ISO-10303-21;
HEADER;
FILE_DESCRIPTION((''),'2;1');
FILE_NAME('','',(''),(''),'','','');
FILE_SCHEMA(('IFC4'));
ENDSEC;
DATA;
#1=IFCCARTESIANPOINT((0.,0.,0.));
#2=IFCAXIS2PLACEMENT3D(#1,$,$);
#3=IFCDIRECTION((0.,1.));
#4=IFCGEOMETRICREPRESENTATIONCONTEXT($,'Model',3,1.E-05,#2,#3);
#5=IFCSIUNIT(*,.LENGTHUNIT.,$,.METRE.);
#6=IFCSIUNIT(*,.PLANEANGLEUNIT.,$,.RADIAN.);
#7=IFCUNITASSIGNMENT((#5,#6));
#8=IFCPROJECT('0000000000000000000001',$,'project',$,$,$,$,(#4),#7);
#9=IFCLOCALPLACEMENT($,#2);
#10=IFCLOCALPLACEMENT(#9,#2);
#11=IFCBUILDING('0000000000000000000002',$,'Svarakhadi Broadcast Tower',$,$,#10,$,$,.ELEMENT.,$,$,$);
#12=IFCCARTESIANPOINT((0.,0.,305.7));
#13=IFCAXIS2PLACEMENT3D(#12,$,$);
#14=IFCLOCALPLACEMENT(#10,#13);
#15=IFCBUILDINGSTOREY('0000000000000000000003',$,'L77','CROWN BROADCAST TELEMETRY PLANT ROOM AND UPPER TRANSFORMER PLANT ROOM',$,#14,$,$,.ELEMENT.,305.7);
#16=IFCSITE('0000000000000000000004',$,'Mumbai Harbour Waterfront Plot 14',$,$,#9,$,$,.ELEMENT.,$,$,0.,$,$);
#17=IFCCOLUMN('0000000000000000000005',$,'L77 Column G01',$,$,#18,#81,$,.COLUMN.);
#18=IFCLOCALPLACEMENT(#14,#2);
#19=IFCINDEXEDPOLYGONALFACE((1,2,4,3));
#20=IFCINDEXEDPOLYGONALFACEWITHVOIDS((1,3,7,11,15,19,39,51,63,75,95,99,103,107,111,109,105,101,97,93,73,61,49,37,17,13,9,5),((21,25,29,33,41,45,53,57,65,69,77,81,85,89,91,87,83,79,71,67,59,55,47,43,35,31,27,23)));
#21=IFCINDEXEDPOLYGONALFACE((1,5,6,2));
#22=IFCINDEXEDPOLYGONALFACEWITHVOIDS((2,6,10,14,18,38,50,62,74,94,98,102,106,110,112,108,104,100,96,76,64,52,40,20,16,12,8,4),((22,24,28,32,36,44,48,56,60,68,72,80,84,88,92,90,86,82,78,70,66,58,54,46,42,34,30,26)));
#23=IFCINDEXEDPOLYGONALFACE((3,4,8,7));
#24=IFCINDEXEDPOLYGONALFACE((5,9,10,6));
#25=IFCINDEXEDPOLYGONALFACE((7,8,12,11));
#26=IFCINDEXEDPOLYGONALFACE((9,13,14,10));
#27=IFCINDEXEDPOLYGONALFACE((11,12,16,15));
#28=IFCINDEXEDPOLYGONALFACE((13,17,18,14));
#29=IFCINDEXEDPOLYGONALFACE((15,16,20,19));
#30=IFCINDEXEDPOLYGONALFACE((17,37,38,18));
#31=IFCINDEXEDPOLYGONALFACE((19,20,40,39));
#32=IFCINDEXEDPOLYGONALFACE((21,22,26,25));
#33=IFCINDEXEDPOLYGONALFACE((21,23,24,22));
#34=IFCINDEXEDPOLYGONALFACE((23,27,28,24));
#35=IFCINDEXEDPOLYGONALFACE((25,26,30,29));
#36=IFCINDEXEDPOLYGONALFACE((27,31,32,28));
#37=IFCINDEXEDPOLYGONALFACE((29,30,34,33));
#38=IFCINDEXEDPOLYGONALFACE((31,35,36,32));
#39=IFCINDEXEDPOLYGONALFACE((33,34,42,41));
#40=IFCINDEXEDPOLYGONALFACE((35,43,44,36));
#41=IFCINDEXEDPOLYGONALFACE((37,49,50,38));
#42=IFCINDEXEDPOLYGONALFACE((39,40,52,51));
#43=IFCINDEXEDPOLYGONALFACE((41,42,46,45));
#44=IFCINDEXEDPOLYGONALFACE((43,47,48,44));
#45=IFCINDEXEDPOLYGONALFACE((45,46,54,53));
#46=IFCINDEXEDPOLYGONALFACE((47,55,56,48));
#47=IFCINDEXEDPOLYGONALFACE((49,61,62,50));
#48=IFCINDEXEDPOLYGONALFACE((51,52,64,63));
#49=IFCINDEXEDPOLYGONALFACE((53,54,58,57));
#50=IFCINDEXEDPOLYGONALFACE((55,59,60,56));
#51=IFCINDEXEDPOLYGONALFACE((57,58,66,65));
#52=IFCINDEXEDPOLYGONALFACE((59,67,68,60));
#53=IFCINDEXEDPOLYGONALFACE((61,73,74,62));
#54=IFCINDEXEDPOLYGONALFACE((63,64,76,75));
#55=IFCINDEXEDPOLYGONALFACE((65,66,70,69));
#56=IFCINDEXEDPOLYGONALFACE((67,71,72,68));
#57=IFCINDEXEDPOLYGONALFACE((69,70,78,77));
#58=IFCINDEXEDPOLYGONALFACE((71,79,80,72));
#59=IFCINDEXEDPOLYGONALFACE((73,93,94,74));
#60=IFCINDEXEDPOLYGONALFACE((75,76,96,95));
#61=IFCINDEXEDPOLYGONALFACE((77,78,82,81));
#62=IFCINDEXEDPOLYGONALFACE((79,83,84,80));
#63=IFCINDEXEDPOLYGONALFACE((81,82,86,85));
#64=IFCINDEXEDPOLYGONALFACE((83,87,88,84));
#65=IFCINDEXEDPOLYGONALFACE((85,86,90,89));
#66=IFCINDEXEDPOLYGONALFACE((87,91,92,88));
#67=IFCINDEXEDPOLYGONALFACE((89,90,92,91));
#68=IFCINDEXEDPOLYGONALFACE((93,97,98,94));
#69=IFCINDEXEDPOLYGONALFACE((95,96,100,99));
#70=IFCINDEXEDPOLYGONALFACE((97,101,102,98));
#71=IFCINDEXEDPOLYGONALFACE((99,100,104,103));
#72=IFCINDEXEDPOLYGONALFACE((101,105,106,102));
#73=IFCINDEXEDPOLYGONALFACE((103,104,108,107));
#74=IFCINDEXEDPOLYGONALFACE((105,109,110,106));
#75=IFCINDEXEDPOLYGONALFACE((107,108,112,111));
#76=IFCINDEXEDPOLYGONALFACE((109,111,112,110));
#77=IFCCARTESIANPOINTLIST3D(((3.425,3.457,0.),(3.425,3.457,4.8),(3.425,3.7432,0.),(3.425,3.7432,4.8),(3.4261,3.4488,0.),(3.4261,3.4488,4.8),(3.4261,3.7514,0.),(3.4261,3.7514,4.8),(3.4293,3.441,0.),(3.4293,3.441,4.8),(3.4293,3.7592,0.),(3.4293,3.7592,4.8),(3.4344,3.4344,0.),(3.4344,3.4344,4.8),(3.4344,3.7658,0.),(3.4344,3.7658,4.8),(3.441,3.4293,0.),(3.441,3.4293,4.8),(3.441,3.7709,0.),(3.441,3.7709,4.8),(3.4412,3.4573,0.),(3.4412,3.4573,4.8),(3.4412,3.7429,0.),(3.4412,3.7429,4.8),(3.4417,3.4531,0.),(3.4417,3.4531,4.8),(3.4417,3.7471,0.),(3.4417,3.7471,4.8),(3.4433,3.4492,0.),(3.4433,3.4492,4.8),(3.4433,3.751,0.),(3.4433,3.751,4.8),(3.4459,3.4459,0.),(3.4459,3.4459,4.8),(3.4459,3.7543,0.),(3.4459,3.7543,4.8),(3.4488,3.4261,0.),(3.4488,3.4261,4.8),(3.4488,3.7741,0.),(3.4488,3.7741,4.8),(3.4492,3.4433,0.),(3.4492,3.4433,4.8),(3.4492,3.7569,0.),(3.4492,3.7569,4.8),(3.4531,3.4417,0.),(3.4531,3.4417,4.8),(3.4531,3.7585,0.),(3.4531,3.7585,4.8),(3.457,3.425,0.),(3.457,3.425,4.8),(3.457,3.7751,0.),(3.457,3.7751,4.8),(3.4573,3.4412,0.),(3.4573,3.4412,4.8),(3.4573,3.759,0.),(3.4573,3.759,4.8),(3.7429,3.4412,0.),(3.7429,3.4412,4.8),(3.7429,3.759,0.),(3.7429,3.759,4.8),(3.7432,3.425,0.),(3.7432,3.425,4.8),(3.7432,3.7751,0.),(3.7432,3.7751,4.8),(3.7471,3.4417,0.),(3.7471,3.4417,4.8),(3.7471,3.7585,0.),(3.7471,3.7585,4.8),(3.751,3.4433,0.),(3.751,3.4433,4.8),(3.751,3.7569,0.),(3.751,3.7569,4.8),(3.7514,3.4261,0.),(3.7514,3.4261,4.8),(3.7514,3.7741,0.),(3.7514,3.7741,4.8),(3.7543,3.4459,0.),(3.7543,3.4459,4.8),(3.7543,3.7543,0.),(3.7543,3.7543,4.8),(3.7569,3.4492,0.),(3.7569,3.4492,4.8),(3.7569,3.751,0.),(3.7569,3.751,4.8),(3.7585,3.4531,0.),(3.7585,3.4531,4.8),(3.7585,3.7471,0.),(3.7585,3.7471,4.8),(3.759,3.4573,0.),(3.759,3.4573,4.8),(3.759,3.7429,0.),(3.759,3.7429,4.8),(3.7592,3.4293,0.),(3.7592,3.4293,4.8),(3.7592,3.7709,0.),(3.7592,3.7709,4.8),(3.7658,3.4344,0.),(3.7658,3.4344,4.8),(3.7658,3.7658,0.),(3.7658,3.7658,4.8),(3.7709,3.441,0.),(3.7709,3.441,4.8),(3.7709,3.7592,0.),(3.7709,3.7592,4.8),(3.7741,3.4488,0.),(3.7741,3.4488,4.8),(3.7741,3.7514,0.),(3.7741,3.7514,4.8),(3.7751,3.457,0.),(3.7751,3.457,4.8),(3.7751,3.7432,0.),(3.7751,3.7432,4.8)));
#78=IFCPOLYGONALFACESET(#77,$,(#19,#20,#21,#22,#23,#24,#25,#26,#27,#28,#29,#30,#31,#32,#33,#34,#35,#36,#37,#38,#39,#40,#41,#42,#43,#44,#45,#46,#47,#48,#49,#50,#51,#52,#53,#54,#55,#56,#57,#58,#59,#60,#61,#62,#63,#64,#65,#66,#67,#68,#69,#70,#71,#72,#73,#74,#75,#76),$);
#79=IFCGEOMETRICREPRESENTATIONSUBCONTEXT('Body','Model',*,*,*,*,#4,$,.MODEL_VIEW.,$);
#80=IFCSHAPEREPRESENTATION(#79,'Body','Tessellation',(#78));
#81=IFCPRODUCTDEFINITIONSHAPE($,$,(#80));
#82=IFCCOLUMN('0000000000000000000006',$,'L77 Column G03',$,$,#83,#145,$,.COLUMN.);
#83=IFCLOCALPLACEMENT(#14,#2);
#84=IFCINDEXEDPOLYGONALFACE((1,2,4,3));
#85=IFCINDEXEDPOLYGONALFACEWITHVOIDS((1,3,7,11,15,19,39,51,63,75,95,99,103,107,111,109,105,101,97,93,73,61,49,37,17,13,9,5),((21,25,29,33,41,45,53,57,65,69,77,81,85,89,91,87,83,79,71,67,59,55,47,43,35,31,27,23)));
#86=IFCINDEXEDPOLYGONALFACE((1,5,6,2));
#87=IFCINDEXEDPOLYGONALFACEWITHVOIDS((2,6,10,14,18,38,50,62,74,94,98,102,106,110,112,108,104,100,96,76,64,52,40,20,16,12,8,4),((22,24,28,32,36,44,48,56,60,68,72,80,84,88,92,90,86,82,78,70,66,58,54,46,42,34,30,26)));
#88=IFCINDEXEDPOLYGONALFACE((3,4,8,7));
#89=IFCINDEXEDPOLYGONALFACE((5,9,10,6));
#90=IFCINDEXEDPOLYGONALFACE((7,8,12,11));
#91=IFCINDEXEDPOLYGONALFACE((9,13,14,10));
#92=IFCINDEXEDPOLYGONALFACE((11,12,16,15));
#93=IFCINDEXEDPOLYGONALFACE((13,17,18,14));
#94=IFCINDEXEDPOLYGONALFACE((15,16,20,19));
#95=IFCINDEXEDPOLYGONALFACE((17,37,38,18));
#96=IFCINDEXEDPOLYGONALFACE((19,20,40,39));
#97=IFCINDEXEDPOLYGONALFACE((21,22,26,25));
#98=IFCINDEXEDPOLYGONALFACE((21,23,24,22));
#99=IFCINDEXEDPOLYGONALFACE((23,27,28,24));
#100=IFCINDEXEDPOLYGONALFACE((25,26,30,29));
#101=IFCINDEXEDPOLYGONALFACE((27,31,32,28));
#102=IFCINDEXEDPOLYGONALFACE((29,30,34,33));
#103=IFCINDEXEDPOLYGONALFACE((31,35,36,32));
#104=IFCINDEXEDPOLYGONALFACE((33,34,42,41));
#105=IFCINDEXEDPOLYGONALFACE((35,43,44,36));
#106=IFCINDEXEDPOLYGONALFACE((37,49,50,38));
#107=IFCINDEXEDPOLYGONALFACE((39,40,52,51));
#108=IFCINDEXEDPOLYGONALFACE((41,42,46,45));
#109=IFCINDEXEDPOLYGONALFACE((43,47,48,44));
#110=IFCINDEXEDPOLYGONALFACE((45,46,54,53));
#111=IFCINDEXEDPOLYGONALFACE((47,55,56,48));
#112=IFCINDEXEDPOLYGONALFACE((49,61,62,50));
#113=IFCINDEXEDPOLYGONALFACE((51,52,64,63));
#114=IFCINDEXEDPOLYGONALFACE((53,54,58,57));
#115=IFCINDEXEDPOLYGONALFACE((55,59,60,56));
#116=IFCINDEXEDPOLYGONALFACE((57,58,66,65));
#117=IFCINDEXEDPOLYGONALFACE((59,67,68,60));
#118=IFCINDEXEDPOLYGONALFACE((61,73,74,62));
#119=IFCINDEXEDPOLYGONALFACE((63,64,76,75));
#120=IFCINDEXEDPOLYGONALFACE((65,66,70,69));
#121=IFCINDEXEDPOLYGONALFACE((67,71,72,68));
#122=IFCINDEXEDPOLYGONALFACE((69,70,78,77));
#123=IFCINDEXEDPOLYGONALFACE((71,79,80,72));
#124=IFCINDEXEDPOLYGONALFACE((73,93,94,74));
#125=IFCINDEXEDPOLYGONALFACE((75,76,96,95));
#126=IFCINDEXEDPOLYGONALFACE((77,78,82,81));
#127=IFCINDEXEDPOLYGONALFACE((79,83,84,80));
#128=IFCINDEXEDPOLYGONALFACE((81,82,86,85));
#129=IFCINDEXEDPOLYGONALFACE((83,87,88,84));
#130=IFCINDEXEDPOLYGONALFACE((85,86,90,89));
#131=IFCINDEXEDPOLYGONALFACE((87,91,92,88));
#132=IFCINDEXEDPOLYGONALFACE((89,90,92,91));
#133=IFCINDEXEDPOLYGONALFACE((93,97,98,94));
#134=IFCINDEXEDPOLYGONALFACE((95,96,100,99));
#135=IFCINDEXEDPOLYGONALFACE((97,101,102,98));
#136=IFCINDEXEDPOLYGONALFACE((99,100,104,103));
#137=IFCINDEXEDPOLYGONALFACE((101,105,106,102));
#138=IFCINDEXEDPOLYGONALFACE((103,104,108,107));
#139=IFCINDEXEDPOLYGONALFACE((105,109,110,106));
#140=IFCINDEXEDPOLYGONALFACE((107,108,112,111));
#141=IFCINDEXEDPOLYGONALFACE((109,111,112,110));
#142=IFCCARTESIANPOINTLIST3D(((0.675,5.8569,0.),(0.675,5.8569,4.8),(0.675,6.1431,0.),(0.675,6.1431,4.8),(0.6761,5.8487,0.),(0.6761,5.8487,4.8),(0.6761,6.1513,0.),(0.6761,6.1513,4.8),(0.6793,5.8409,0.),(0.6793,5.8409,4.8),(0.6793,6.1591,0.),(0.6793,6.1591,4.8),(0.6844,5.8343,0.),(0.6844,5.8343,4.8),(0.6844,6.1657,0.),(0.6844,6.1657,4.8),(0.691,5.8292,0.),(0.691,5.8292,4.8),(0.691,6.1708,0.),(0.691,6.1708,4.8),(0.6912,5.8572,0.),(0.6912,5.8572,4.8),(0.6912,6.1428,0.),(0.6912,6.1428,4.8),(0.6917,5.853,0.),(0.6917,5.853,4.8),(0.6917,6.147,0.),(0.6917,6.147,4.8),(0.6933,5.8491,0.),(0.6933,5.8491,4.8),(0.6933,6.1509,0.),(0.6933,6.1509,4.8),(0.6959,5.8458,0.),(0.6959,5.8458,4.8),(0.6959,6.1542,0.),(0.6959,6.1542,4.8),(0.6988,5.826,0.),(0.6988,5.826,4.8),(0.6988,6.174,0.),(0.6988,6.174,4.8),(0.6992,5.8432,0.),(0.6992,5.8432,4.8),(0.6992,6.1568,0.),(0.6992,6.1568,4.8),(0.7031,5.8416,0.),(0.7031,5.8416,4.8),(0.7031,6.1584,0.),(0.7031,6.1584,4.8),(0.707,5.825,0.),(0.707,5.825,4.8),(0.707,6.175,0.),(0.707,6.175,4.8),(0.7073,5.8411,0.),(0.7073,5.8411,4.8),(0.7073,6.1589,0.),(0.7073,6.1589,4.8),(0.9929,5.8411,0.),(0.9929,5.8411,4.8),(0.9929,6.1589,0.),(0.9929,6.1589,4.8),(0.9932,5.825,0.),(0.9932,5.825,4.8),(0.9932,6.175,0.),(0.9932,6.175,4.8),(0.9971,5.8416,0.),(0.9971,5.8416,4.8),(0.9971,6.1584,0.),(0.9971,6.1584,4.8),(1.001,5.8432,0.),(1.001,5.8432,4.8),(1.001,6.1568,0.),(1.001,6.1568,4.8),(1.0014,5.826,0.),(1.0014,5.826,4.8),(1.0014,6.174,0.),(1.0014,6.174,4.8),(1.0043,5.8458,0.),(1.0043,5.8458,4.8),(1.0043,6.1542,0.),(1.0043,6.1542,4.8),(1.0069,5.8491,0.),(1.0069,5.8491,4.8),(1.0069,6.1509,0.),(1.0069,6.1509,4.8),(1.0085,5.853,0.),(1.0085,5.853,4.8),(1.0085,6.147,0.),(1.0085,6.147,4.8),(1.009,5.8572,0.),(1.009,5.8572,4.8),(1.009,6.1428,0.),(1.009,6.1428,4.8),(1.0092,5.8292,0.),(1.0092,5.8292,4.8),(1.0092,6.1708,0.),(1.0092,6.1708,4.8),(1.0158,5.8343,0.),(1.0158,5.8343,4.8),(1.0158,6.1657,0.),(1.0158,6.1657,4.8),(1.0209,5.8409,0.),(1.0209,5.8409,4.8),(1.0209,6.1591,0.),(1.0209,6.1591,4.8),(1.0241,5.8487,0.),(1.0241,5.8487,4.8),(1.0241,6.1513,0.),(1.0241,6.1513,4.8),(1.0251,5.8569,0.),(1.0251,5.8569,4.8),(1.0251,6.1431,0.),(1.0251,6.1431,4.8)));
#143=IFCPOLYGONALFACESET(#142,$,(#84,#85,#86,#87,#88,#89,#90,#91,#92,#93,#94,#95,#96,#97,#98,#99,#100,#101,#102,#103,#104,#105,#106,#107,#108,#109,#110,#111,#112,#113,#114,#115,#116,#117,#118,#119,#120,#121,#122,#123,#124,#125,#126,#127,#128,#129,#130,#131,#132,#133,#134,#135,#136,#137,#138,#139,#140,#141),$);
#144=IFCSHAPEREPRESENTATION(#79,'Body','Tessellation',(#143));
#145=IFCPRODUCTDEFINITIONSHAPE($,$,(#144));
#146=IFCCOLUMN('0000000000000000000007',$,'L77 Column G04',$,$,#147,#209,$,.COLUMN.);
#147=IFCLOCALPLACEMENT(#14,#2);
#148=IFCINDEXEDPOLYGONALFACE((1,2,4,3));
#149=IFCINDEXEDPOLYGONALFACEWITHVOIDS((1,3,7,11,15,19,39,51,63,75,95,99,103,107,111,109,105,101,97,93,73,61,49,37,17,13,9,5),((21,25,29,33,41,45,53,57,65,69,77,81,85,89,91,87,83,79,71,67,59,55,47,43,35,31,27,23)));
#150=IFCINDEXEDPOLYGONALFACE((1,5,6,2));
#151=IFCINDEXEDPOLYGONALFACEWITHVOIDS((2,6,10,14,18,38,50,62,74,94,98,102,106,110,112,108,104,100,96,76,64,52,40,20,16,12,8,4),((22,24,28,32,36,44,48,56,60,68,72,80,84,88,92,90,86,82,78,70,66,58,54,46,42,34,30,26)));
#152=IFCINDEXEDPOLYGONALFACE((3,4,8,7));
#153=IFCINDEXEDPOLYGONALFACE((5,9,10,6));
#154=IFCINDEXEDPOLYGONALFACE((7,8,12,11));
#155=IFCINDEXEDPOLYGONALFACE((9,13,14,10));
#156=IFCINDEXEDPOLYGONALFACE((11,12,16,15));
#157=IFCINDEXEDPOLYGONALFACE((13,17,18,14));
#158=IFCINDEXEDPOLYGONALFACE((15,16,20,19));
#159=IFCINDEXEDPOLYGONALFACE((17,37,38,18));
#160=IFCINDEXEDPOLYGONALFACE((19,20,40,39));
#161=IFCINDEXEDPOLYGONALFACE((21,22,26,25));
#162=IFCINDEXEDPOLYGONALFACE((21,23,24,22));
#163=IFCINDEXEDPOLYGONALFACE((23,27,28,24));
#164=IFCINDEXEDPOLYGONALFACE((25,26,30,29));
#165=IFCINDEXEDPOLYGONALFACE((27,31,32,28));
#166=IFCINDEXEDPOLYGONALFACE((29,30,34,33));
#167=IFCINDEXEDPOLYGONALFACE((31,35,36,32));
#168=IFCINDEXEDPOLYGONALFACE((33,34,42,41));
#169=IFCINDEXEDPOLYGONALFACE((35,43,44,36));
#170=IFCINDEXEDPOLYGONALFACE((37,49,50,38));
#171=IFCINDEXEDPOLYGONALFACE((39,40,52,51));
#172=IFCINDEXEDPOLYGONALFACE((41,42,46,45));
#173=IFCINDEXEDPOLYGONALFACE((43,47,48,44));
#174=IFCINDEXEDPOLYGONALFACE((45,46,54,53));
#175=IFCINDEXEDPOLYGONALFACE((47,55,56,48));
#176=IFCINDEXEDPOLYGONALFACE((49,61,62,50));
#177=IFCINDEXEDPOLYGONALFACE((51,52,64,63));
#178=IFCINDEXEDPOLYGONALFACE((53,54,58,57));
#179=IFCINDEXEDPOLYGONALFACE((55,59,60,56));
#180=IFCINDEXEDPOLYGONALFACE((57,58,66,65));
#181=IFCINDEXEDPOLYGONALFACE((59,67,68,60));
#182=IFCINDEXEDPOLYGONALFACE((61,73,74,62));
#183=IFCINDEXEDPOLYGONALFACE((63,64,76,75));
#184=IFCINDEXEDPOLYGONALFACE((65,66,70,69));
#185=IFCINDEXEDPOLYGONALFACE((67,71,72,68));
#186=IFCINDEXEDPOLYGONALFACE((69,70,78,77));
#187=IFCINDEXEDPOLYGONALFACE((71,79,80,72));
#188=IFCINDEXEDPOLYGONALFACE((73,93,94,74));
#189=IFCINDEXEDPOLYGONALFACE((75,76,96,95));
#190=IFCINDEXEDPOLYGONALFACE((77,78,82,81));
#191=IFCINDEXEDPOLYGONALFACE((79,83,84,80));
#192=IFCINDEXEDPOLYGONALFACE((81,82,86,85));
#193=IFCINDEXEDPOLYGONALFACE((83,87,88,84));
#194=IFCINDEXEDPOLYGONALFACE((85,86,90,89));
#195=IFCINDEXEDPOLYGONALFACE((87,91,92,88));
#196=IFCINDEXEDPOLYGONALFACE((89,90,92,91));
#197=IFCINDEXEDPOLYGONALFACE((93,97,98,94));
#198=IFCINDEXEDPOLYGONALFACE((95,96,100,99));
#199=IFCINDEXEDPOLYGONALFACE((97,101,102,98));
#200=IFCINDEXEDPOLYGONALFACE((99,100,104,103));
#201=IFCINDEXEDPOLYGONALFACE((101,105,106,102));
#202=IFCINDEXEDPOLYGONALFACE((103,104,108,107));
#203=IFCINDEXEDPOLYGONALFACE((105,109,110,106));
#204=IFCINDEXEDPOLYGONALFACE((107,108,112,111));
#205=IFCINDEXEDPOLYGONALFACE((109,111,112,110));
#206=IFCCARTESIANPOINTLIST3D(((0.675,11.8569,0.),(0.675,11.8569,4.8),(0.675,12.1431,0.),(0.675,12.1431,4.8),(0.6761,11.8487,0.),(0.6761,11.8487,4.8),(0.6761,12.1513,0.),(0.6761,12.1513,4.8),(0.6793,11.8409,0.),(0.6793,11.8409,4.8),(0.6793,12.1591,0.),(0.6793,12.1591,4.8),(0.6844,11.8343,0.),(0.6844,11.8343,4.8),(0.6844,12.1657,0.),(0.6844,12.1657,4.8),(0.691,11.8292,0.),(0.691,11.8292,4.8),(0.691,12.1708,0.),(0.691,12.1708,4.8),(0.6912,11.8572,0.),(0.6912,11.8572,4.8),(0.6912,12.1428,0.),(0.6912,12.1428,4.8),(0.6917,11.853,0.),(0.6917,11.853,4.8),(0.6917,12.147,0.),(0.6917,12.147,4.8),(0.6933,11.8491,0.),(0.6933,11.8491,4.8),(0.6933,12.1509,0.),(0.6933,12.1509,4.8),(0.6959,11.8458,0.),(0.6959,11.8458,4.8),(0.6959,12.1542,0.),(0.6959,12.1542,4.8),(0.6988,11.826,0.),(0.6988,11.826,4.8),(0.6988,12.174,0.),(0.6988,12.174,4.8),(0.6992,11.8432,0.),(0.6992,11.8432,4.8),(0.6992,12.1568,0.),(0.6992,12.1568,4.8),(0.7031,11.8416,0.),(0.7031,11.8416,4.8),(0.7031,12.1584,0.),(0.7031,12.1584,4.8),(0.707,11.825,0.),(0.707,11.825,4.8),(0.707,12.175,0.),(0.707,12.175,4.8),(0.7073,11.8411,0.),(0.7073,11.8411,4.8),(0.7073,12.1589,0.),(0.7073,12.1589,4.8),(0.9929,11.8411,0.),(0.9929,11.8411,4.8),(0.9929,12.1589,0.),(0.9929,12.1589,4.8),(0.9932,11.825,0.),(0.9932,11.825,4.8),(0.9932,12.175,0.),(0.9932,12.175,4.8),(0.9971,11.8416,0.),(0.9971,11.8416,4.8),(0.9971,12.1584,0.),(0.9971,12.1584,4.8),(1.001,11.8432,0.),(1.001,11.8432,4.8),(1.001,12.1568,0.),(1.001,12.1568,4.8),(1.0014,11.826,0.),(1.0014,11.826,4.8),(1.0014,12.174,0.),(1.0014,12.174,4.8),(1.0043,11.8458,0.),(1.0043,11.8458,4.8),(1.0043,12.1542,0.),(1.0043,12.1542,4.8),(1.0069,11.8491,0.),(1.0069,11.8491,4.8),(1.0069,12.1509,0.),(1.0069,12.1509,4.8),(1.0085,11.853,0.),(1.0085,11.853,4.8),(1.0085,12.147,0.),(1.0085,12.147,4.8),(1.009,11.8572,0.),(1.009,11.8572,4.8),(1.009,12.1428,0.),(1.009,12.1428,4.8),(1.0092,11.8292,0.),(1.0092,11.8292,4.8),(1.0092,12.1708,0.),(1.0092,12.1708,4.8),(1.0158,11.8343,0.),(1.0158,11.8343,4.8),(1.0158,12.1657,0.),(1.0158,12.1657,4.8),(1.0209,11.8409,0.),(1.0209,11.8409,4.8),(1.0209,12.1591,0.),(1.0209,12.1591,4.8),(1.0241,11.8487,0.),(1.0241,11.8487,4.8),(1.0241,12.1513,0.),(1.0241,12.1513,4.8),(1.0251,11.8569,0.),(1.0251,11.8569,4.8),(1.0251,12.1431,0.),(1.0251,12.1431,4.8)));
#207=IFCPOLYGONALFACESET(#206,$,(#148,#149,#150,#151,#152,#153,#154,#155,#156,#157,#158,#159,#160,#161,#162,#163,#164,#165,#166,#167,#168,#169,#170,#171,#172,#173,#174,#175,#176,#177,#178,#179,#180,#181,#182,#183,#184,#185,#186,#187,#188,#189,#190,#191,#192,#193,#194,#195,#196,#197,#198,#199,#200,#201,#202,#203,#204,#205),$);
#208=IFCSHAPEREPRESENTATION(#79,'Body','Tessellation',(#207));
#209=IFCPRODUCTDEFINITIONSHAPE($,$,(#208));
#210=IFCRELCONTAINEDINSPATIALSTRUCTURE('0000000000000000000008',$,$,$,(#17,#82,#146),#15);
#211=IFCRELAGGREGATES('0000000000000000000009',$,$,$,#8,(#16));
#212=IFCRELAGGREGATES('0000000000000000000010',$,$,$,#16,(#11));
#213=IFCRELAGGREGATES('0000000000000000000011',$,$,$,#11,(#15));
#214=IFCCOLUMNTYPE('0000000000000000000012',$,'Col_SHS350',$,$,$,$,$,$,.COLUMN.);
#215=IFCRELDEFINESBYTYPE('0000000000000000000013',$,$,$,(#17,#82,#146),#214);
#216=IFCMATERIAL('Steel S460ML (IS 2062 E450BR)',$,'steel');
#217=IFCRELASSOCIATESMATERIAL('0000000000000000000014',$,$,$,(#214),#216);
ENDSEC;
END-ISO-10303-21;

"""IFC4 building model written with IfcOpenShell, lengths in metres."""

from ifc_helpers import new_model, si_unit, direction, frame, origin, origin_2d, place, context, subcontext, project, spatial, hollow_rectangle, extrude, material, material_profile, profile_set, type_object, element, save


model = new_model("IFC4")

# Units and contexts
model_context = context("Model", 3, precision=1e-05, world=origin(), true_north=direction((0.0, 1.0)))
body_context = subcontext(model_context, "Body", "Model", "MODEL_VIEW")
ifc_project = project(units=[si_unit("LENGTHUNIT", "METRE"), si_unit("PLANEANGLEUNIT", "RADIAN")], contexts=[model_context])

# Site, building, storey
site_placement = place(None, origin())
site = spatial("IfcSite", under=ifc_project, at=site_placement, Name="Mumbai Harbour Waterfront Plot 14", CompositionType="ELEMENT", RefElevation=0.0)
building_placement = place(site_placement, origin())
building = spatial("IfcBuilding", under=site, at=building_placement, Name="Svarakhadi Broadcast Tower", CompositionType="ELEMENT")
storey_placement = place(building_placement, frame((0.0, 0.0, 305.7)))
storey = spatial("IfcBuildingStorey", under=building, at=storey_placement, Name="L77", Description="CROWN BROADCAST TELEMETRY PLANT ROOM AND UPPER TRANSFORMER PLANT ROOM", CompositionType="ELEMENT", Elevation=305.7)

# Columns
ifc_material_1 = material(Name="Steel S460ML (IS 2062 E450BR)", Category="steel")
ifc_material_profile_1 = material_profile(ifc_material_1, hollow_rectangle(XDim=0.3501, YDim=0.3501, WallThickness=0.0161, InnerFilletRadius=0.0161, OuterFilletRadius=0.032, at=origin_2d()), Name="SHS 350x350x16")
ifc_profile_set_1 = profile_set([ifc_material_profile_1], Name="Steel S460ML (IS 2062 E450BR)")
column_type = type_object("IfcColumnType", Name="Col_SHS350", PredefinedType="COLUMN", material=ifc_profile_set_1)
for number, where, z_axis, x_axis, name in (
    (1, (3.6001, 3.6001, 0.0), (0.0, 0.0, 1.0), (1.0, 0.0, 0.0), "L77 Column G01"),
    (2, (0.8501, 6.0, 0.0), (0.0, 0.0, 1.0), (1.0, 0.0, 0.0), "L77 Column G03"),
    (3, (0.8501, 12.0, 0.0), (0.0, 0.0, 1.0), (1.0, 0.0, 0.0), "L77 Column G04"),
):
    element("IfcColumn", number, at=place(storey_placement, frame(where, z_axis=z_axis, x_axis=x_axis)), inside=storey, type_object=column_type, Name=name, PredefinedType="COLUMN", context=body_context, shape_type="SweptSolid", body=[
        extrude(hollow_rectangle(XDim=0.3501, YDim=0.3501, WallThickness=0.0161, InnerFilletRadius=0.0161, OuterFilletRadius=0.032, at=origin_2d()), origin(), (0.0, 0.0, 1.0), 4.8),
    ])

save(model, "model.ifc")
